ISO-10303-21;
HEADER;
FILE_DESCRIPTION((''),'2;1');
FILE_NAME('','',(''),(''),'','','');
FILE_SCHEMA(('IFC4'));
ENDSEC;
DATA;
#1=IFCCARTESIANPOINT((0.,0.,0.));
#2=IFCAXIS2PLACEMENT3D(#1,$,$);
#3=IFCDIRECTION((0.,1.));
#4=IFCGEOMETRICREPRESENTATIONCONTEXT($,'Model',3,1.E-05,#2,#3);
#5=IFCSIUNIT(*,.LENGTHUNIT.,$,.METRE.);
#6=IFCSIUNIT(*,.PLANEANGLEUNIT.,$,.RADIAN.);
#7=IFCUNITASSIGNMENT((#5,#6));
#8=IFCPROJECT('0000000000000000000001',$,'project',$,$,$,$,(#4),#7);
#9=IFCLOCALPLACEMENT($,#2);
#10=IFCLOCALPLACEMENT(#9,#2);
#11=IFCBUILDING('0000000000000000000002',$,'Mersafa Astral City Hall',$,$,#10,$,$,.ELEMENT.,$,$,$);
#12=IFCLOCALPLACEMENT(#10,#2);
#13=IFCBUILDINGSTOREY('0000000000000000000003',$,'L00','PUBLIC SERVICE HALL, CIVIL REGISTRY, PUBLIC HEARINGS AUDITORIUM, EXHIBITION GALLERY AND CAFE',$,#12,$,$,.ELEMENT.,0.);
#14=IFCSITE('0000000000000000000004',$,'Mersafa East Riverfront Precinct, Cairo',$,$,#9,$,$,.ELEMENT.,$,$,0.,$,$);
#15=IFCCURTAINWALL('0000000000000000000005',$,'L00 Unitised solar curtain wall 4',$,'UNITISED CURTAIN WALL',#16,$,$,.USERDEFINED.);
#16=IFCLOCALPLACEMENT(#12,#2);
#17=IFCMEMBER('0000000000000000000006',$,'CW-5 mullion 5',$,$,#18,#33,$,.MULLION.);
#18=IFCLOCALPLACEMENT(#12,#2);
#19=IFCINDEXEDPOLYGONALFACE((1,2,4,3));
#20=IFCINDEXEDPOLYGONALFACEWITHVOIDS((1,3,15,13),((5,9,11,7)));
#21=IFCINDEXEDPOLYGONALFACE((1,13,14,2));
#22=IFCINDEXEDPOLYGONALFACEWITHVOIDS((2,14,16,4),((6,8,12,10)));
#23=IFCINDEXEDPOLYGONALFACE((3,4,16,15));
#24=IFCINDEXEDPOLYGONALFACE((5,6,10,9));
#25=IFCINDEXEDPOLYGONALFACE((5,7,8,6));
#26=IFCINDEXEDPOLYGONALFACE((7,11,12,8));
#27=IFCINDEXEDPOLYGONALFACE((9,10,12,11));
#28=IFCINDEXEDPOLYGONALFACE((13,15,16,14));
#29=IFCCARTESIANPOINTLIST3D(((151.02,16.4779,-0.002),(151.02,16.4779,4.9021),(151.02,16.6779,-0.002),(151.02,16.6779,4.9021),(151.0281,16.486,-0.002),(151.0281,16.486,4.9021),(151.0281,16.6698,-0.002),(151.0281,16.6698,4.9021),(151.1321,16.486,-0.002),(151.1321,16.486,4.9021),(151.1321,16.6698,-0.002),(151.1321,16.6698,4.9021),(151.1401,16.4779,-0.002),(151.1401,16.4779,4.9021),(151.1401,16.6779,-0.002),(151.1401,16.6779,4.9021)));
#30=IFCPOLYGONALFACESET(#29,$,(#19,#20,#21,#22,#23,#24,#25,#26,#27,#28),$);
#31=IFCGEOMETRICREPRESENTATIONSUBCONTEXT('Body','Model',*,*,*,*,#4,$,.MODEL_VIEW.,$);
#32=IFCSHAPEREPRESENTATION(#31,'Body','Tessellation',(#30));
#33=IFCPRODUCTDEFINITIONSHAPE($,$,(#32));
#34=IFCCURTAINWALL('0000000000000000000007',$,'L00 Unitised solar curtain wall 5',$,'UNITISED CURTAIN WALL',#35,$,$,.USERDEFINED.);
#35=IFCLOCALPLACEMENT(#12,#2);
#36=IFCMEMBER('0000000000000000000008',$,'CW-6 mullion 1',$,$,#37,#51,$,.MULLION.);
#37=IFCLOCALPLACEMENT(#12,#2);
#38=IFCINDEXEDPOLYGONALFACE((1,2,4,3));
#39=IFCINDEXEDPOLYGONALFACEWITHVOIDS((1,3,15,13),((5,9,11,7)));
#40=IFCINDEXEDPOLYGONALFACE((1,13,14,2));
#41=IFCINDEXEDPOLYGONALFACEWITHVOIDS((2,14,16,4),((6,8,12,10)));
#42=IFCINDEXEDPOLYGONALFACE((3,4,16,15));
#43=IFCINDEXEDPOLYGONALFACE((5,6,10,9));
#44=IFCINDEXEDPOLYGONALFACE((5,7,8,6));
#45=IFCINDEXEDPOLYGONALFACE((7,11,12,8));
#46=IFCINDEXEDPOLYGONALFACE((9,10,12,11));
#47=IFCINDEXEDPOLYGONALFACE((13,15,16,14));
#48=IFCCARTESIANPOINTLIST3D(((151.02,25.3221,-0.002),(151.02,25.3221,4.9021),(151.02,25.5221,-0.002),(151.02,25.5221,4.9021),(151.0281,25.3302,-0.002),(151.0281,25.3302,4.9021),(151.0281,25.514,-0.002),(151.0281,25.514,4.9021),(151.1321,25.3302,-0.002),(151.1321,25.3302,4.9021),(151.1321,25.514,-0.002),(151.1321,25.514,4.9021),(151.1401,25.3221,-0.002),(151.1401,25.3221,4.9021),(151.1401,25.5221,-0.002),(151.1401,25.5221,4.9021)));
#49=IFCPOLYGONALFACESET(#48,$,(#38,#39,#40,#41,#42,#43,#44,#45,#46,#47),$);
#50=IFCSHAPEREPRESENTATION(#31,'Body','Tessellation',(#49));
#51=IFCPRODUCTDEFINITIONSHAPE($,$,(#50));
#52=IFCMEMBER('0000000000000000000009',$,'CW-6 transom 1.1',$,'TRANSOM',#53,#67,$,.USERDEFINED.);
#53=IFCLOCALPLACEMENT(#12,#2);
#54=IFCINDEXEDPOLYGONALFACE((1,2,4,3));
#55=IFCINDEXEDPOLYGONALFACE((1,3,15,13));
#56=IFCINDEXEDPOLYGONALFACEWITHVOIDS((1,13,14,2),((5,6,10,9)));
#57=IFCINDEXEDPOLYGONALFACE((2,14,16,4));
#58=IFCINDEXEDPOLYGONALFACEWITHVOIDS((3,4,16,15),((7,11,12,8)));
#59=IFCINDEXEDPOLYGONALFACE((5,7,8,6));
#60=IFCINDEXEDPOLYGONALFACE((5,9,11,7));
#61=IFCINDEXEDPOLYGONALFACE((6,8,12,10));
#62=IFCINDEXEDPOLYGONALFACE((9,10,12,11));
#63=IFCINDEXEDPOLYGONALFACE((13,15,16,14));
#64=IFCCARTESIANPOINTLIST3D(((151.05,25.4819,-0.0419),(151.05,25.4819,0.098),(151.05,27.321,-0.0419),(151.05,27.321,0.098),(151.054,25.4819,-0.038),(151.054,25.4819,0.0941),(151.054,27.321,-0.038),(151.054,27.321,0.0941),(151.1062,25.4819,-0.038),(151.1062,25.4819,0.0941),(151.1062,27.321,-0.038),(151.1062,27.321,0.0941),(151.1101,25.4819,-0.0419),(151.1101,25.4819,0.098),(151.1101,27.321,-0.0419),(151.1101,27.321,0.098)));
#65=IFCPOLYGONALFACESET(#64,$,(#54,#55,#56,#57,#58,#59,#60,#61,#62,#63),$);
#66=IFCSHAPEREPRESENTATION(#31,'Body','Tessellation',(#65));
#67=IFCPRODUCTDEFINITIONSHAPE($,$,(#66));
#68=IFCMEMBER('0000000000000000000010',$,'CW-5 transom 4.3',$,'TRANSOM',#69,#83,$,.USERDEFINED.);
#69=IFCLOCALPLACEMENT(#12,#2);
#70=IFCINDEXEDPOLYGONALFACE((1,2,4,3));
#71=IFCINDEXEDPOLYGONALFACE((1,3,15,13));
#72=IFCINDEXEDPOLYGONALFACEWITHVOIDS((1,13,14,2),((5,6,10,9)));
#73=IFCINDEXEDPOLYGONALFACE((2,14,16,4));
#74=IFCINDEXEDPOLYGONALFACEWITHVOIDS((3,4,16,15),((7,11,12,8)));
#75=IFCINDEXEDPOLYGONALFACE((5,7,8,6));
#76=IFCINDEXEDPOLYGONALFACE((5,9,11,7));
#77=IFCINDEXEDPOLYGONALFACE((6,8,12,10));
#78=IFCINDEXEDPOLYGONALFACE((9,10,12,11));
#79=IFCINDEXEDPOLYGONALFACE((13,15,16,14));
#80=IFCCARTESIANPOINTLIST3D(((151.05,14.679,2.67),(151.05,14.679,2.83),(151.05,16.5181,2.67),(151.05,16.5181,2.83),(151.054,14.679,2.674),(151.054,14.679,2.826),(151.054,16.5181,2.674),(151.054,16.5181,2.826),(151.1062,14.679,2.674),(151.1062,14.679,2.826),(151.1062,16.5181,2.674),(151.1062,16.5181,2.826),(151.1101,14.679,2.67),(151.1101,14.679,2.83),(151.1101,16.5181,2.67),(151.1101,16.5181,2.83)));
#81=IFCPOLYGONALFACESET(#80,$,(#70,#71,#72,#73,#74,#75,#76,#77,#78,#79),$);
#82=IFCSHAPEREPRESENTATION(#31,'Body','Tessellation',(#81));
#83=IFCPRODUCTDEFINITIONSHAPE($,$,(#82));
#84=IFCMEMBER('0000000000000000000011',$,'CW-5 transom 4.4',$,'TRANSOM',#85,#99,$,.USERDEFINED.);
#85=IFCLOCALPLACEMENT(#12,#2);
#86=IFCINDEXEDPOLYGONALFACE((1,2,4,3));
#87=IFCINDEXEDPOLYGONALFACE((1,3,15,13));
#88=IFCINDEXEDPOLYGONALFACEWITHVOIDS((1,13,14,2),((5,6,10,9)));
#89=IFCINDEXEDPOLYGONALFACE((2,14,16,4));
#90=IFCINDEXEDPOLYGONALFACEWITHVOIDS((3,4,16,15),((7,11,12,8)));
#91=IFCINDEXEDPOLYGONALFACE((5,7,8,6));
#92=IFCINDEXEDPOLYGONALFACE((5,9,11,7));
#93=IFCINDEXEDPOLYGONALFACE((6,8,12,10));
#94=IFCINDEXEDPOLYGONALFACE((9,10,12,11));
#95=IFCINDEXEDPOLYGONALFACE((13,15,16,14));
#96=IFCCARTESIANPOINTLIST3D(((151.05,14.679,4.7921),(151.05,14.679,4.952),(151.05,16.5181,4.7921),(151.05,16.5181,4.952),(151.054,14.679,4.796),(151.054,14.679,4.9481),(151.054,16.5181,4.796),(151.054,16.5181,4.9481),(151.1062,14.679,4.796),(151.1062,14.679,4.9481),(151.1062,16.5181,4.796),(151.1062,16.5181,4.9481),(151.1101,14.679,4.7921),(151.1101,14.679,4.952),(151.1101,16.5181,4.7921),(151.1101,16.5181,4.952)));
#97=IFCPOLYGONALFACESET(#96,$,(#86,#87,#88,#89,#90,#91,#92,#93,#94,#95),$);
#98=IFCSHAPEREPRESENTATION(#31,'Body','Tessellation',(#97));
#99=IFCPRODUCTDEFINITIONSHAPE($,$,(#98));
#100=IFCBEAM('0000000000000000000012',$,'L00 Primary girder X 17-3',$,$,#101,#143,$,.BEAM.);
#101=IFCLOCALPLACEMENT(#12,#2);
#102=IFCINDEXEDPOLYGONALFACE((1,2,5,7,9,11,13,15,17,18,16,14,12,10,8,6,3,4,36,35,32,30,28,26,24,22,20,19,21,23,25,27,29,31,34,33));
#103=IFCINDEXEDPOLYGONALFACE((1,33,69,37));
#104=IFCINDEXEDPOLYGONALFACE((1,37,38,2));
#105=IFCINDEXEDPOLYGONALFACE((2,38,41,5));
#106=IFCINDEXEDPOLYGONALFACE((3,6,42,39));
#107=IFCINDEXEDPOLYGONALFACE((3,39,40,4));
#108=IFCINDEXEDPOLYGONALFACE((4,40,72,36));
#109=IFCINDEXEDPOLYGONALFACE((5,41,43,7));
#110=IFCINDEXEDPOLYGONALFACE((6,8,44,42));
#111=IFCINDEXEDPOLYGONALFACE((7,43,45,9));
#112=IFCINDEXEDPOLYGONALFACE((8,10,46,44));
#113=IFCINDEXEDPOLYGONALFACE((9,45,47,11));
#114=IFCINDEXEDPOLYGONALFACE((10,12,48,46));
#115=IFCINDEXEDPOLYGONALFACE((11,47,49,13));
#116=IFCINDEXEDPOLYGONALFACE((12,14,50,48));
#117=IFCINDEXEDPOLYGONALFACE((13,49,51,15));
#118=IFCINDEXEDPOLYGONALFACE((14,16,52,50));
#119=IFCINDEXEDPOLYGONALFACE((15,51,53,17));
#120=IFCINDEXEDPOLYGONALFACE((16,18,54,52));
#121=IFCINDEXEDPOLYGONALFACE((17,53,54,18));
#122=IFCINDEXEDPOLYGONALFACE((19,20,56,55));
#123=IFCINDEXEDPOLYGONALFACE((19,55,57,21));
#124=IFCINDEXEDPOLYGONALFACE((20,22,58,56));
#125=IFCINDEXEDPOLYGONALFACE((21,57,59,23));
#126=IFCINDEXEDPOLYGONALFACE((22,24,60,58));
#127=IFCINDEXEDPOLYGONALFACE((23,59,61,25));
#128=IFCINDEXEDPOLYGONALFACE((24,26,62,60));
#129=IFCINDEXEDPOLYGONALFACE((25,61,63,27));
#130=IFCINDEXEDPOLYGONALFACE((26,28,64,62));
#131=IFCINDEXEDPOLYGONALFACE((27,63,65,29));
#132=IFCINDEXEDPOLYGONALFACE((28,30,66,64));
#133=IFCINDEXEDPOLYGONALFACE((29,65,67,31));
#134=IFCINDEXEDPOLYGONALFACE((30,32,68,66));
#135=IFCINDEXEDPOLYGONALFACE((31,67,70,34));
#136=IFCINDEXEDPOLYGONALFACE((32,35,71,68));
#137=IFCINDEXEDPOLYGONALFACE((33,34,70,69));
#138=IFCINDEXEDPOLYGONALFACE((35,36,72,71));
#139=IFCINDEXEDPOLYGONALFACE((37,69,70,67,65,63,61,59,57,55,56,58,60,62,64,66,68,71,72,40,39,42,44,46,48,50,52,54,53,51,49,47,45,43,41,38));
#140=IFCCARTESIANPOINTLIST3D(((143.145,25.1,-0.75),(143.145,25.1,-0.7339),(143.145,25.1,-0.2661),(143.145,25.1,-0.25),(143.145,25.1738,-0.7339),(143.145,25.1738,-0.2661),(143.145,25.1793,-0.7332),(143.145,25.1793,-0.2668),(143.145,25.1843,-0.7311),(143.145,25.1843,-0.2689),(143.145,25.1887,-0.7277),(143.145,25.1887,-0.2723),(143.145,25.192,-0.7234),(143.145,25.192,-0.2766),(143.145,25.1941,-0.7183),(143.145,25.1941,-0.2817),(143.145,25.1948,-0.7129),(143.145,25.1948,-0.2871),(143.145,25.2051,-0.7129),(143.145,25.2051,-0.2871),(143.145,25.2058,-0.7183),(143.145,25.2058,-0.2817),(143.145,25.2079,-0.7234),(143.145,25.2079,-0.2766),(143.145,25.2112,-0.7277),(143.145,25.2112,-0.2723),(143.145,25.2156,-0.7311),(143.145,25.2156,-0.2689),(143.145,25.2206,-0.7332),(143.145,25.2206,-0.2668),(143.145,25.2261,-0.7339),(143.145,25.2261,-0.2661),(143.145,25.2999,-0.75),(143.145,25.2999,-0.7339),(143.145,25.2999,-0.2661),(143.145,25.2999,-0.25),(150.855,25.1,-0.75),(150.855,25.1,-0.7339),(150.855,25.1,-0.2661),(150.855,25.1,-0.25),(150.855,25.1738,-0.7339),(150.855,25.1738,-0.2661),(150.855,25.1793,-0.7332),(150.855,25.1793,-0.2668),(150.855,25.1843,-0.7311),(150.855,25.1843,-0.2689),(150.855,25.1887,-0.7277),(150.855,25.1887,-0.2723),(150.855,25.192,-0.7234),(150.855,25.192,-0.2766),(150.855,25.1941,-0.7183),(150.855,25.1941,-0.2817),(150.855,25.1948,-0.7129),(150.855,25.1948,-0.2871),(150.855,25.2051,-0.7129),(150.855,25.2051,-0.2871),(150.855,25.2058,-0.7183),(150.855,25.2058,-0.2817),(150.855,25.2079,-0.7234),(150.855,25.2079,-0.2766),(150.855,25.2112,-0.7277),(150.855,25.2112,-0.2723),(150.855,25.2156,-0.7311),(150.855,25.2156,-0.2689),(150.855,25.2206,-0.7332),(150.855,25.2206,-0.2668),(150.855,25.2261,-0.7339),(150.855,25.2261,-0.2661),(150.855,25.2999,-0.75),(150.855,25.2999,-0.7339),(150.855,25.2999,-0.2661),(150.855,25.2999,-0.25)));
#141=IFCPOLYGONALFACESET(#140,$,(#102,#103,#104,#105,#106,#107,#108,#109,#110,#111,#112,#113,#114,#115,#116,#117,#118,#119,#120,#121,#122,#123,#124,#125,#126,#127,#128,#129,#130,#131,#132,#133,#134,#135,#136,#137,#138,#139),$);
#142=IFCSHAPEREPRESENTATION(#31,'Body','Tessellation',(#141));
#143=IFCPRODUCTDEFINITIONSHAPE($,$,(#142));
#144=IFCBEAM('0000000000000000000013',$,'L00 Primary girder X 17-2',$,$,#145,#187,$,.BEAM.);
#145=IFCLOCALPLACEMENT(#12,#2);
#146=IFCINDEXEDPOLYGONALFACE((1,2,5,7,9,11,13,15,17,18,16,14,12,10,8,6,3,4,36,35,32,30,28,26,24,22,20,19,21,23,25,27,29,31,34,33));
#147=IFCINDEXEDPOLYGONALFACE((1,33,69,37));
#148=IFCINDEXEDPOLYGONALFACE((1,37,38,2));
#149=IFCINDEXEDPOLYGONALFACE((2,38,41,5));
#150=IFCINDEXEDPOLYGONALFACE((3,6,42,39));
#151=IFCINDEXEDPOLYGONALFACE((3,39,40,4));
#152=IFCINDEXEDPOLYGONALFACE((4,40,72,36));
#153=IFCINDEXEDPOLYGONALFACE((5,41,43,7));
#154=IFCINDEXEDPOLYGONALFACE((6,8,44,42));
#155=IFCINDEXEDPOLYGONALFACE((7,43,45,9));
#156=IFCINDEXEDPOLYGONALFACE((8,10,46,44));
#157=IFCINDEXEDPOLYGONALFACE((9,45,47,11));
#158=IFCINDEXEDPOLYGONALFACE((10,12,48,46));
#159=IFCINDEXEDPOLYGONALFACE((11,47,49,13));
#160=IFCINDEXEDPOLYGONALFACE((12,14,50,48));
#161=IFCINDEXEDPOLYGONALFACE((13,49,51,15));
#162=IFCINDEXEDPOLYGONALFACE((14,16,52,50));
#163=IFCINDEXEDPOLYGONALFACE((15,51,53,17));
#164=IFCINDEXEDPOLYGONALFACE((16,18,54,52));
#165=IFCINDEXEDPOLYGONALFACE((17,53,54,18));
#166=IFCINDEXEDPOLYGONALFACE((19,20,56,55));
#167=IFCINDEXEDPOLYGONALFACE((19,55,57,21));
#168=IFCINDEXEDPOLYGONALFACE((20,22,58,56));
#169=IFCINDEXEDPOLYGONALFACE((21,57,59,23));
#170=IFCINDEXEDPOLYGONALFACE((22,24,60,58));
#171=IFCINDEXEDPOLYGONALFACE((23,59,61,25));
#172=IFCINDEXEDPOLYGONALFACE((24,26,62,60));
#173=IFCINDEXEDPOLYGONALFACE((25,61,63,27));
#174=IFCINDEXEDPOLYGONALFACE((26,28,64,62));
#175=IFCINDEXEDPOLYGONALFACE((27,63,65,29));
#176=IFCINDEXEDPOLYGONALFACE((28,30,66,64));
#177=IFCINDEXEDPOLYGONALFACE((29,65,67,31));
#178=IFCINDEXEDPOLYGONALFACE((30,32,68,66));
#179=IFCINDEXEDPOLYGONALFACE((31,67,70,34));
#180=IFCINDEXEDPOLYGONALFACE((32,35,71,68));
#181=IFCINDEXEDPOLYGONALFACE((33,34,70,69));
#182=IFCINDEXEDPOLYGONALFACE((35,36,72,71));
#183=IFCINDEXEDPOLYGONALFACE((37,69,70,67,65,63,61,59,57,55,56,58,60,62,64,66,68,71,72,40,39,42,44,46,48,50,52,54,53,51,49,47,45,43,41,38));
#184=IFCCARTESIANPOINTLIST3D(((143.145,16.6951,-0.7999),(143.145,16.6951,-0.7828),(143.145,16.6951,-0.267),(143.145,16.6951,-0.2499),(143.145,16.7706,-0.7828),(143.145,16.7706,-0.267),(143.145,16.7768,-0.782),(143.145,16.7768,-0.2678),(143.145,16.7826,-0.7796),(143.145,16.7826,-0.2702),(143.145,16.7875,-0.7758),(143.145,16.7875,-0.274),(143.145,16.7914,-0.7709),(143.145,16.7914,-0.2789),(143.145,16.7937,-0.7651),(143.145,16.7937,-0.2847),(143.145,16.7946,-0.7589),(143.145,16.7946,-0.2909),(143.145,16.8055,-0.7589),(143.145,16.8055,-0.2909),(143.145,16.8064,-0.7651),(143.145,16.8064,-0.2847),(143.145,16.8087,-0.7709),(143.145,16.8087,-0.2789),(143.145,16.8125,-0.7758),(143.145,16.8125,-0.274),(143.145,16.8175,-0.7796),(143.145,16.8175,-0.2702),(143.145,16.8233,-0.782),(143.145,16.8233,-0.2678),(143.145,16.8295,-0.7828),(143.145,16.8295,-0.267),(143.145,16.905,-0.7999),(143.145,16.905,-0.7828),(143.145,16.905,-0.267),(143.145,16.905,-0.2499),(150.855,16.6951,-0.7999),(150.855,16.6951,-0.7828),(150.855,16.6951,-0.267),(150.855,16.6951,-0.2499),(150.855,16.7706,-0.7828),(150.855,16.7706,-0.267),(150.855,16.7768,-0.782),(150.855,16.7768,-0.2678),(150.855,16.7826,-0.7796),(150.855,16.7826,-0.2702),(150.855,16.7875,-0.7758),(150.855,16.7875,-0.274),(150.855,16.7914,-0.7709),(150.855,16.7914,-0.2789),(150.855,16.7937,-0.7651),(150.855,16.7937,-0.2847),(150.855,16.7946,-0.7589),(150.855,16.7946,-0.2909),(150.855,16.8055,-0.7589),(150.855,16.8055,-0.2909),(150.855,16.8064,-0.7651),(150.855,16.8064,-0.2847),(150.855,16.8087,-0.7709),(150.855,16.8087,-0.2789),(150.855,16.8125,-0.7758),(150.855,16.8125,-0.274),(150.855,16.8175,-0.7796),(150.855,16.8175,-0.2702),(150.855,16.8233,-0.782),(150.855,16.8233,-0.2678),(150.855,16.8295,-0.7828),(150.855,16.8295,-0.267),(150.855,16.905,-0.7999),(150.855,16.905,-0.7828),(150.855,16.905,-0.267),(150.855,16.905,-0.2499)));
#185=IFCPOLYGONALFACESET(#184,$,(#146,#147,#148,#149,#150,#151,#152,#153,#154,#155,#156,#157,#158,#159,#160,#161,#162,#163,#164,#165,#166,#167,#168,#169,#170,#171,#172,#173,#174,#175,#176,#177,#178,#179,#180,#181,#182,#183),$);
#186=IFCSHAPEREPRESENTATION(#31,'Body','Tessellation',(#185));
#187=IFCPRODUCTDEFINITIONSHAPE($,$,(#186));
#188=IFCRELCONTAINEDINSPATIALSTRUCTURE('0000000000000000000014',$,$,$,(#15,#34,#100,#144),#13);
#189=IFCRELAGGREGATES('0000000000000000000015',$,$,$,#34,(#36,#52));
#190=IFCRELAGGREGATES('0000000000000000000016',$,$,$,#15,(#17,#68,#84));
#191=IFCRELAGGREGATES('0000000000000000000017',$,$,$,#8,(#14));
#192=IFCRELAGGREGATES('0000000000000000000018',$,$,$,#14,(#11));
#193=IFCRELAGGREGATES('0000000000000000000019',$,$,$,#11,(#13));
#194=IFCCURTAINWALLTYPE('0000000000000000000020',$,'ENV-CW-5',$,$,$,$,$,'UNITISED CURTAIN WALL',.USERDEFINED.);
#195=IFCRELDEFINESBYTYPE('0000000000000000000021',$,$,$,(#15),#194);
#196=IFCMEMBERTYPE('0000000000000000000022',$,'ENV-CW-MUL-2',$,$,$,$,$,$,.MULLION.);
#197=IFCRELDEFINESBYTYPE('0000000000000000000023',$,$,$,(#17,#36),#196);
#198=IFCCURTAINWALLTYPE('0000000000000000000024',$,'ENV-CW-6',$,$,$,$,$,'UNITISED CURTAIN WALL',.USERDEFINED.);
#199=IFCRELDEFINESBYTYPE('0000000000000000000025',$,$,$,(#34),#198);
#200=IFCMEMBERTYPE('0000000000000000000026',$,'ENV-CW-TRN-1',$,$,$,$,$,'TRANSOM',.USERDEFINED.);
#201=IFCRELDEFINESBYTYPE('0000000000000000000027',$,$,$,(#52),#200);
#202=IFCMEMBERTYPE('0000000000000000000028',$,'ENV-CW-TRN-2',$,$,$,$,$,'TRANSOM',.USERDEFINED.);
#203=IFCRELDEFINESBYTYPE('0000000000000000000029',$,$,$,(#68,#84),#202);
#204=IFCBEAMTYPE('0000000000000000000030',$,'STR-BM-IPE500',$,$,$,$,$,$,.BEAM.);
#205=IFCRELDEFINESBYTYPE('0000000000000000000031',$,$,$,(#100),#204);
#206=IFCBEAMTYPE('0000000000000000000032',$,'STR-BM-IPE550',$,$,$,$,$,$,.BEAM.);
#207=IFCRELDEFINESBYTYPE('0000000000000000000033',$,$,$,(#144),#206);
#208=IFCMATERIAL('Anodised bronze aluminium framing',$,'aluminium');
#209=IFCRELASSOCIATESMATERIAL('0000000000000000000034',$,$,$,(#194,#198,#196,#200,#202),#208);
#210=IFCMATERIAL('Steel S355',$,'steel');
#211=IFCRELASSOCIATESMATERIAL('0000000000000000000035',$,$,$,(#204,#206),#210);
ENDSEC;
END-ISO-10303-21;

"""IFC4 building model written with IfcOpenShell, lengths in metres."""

from ifc_helpers import new_model, si_unit, direction, frame, origin, origin_2d, place, context, subcontext, project, spatial, hollow_rectangle, i_section, extrude, material, material_profile, profile_set, type_object, element, aggregate, save


model = new_model("IFC4")

# Units and contexts
model_context = context("Model", 3, precision=1e-05, world=origin(), true_north=direction((0.0, 1.0)))
body_context = subcontext(model_context, "Body", "Model", "MODEL_VIEW")
ifc_project = project(units=[si_unit("LENGTHUNIT", "METRE"), si_unit("PLANEANGLEUNIT", "RADIAN")], contexts=[model_context])

# Site, building, storey
site_placement = place(None, origin())
site = spatial("IfcSite", under=ifc_project, at=site_placement, Name="Mersafa East Riverfront Precinct, Cairo", CompositionType="ELEMENT", RefElevation=0.0)
building_placement = place(site_placement, origin())
building = spatial("IfcBuilding", under=site, at=building_placement, Name="Mersafa Astral City Hall", CompositionType="ELEMENT")
storey_placement = place(building_placement, origin())
storey = spatial("IfcBuildingStorey", under=building, at=storey_placement, Name="L00", Description="PUBLIC SERVICE HALL, CIVIL REGISTRY, PUBLIC HEARINGS AUDITORIUM, EXHIBITION GALLERY AND CAFE", CompositionType="ELEMENT", Elevation=0.0)

# Shared definitions
ifc_material_1 = material(Name="Steel S355", Category="steel")

# Curtain wall, member
ifc_material_2 = material(Name="Anodised bronze aluminium framing", Category="aluminium")
curtain_wall_type_1 = type_object("IfcCurtainWallType", Name="ENV-CW-5", ElementType="UNITISED CURTAIN WALL", PredefinedType="USERDEFINED", material=ifc_material_2)
curtain_wall_1_placement = place(storey_placement, origin())
curtain_wall_1 = element("IfcCurtainWall", 1, at=curtain_wall_1_placement, inside=storey, type_object=curtain_wall_type_1, Name="L00 Unitised solar curtain wall 4", ObjectType="UNITISED CURTAIN WALL", PredefinedType="USERDEFINED")
ifc_material_profile_1 = material_profile(ifc_material_2, hollow_rectangle(XDim=0.1201, YDim=0.2, WallThickness=0.0081, at=origin_2d()), Name="RHS 120x200x8")
ifc_profile_set_1 = profile_set([ifc_material_profile_1], Name="Anodised bronze aluminium framing")
member_type_1 = type_object("IfcMemberType", Name="ENV-CW-MUL-2", PredefinedType="MULLION", material=ifc_profile_set_1)
member_1_placement = place(storey_placement, frame((151.0801, 16.5779, -0.002), z_axis=(0.0, 0.0, 1.0), x_axis=(-1.0, 0.0, 0.0)))
member_1 = element("IfcMember", 2, at=member_1_placement, type_object=member_type_1, Name="CW-5 mullion 5", PredefinedType="MULLION", context=body_context, shape_type="SweptSolid", body=[
    extrude(hollow_rectangle(XDim=0.1201, YDim=0.2, WallThickness=0.0081, at=origin_2d()), origin(), (0.0, 0.0, 1.0), 4.9041),
])

# Curtain wall, members
curtain_wall_type_2 = type_object("IfcCurtainWallType", Name="ENV-CW-6", ElementType="UNITISED CURTAIN WALL", PredefinedType="USERDEFINED", material=ifc_material_2)
curtain_wall_2_placement = place(storey_placement, origin())
curtain_wall_2 = element("IfcCurtainWall", 3, at=curtain_wall_2_placement, inside=storey, type_object=curtain_wall_type_2, Name="L00 Unitised solar curtain wall 5", ObjectType="UNITISED CURTAIN WALL", PredefinedType="USERDEFINED")
member_2_placement = place(storey_placement, frame((151.0801, 25.4221, -0.002), z_axis=(0.0, 0.0, 1.0), x_axis=(-1.0, 0.0, 0.0)))
member_2 = element("IfcMember", 4, at=member_2_placement, type_object=member_type_1, Name="CW-6 mullion 1", PredefinedType="MULLION", context=body_context, shape_type="SweptSolid", body=[
    extrude(hollow_rectangle(XDim=0.1201, YDim=0.2, WallThickness=0.0081, at=origin_2d()), origin(), (0.0, 0.0, 1.0), 4.9041),
])
ifc_material_profile_2 = material_profile(ifc_material_2, hollow_rectangle(XDim=0.0601, YDim=0.1399, WallThickness=0.0039, at=origin_2d()), Name="RHS 60x140x4")
ifc_profile_set_2 = profile_set([ifc_material_profile_2], Name="Anodised bronze aluminium framing")
member_type_2 = type_object("IfcMemberType", Name="ENV-CW-TRN-1", ElementType="TRANSOM", PredefinedType="USERDEFINED", material=ifc_profile_set_2)
member_3_placement = place(storey_placement, frame((151.0801, 25.4819, 0.0281), z_axis=(0.0, 1.0, 0.0), x_axis=(-1.0, 0.0, 0.0)))
member_3 = element("IfcMember", 5, at=member_3_placement, type_object=member_type_2, Name="CW-6 transom 1.1", ObjectType="TRANSOM", PredefinedType="USERDEFINED", context=body_context, shape_type="SweptSolid", body=[
    extrude(hollow_rectangle(XDim=0.0601, YDim=0.1399, WallThickness=0.0039, at=origin_2d()), origin(), (0.0, 0.0, 1.0), 1.8391),
])
aggregate(curtain_wall_2, [member_2, member_3])

# Members
ifc_material_profile_3 = material_profile(ifc_material_2, hollow_rectangle(XDim=0.0601, YDim=0.1599, WallThickness=0.0039, at=origin_2d()), Name="RHS 60x160x4")
ifc_profile_set_3 = profile_set([ifc_material_profile_3], Name="Anodised bronze aluminium framing")
member_type_3 = type_object("IfcMemberType", Name="ENV-CW-TRN-2", ElementType="TRANSOM", PredefinedType="USERDEFINED", material=ifc_profile_set_3)
member_4_placement = place(storey_placement, frame((151.0801, 14.679, 2.75), z_axis=(0.0, 1.0, 0.0), x_axis=(-1.0, 0.0, 0.0)))
member_4 = element("IfcMember", 6, at=member_4_placement, type_object=member_type_3, Name="CW-5 transom 4.3", ObjectType="TRANSOM", PredefinedType="USERDEFINED", context=body_context, shape_type="SweptSolid", body=[
    extrude(hollow_rectangle(XDim=0.0601, YDim=0.1599, WallThickness=0.0039, at=origin_2d()), origin(), (0.0, 0.0, 1.0), 1.8391),
])
member_5_placement = place(storey_placement, frame((151.0801, 14.679, 4.8721), z_axis=(0.0, 1.0, 0.0), x_axis=(-1.0, 0.0, 0.0)))
member_5 = element("IfcMember", 7, at=member_5_placement, type_object=member_type_3, Name="CW-5 transom 4.4", ObjectType="TRANSOM", PredefinedType="USERDEFINED", context=body_context, shape_type="SweptSolid", body=[
    extrude(hollow_rectangle(XDim=0.0601, YDim=0.1599, WallThickness=0.0039, at=origin_2d()), origin(), (0.0, 0.0, 1.0), 1.8391),
])

# Beams
ifc_material_profile_4 = material_profile(ifc_material_1, i_section(OverallWidth=0.2, OverallDepth=0.5, WebThickness=0.0103, FlangeThickness=0.0161, FilletRadius=0.021, at=origin_2d()), Name="IPE 500")
ifc_profile_set_4 = profile_set([ifc_material_profile_4], Name="Steel S355")
beam_type_1 = type_object("IfcBeamType", Name="STR-BM-IPE500", PredefinedType="BEAM", material=ifc_profile_set_4)
beam_1_placement = place(storey_placement, frame((143.145, 25.2, -0.5), z_axis=(1.0, 0.0, 0.0), x_axis=(0.0, 1.0, 0.0)))
element("IfcBeam", 8, at=beam_1_placement, inside=storey, type_object=beam_type_1, Name="L00 Primary girder X 17-3", PredefinedType="BEAM", context=body_context, shape_type="SweptSolid", body=[
    extrude(i_section(OverallWidth=0.2, OverallDepth=0.5, WebThickness=0.0103, FlangeThickness=0.0161, FilletRadius=0.021, at=origin_2d()), origin(), (0.0, 0.0, 1.0), 7.71),
])
ifc_material_profile_5 = material_profile(ifc_material_1, i_section(OverallWidth=0.21, OverallDepth=0.55, WebThickness=0.011, FlangeThickness=0.0171, FilletRadius=0.0239, at=origin_2d()), Name="IPE 550")
ifc_profile_set_5 = profile_set([ifc_material_profile_5], Name="Steel S355")
beam_type_2 = type_object("IfcBeamType", Name="STR-BM-IPE550", PredefinedType="BEAM", material=ifc_profile_set_5)
beam_2_placement = place(storey_placement, frame((143.145, 16.8, -0.5249), z_axis=(1.0, 0.0, 0.0), x_axis=(0.0, 1.0, 0.0)))
element("IfcBeam", 9, at=beam_2_placement, inside=storey, type_object=beam_type_2, Name="L00 Primary girder X 17-2", PredefinedType="BEAM", context=body_context, shape_type="SweptSolid", body=[
    extrude(i_section(OverallWidth=0.21, OverallDepth=0.55, WebThickness=0.011, FlangeThickness=0.0171, FilletRadius=0.0239, at=origin_2d()), origin(), (0.0, 0.0, 1.0), 7.71),
])

aggregate(curtain_wall_1, [member_1, member_4, member_5])

save(model, "model.ifc")
